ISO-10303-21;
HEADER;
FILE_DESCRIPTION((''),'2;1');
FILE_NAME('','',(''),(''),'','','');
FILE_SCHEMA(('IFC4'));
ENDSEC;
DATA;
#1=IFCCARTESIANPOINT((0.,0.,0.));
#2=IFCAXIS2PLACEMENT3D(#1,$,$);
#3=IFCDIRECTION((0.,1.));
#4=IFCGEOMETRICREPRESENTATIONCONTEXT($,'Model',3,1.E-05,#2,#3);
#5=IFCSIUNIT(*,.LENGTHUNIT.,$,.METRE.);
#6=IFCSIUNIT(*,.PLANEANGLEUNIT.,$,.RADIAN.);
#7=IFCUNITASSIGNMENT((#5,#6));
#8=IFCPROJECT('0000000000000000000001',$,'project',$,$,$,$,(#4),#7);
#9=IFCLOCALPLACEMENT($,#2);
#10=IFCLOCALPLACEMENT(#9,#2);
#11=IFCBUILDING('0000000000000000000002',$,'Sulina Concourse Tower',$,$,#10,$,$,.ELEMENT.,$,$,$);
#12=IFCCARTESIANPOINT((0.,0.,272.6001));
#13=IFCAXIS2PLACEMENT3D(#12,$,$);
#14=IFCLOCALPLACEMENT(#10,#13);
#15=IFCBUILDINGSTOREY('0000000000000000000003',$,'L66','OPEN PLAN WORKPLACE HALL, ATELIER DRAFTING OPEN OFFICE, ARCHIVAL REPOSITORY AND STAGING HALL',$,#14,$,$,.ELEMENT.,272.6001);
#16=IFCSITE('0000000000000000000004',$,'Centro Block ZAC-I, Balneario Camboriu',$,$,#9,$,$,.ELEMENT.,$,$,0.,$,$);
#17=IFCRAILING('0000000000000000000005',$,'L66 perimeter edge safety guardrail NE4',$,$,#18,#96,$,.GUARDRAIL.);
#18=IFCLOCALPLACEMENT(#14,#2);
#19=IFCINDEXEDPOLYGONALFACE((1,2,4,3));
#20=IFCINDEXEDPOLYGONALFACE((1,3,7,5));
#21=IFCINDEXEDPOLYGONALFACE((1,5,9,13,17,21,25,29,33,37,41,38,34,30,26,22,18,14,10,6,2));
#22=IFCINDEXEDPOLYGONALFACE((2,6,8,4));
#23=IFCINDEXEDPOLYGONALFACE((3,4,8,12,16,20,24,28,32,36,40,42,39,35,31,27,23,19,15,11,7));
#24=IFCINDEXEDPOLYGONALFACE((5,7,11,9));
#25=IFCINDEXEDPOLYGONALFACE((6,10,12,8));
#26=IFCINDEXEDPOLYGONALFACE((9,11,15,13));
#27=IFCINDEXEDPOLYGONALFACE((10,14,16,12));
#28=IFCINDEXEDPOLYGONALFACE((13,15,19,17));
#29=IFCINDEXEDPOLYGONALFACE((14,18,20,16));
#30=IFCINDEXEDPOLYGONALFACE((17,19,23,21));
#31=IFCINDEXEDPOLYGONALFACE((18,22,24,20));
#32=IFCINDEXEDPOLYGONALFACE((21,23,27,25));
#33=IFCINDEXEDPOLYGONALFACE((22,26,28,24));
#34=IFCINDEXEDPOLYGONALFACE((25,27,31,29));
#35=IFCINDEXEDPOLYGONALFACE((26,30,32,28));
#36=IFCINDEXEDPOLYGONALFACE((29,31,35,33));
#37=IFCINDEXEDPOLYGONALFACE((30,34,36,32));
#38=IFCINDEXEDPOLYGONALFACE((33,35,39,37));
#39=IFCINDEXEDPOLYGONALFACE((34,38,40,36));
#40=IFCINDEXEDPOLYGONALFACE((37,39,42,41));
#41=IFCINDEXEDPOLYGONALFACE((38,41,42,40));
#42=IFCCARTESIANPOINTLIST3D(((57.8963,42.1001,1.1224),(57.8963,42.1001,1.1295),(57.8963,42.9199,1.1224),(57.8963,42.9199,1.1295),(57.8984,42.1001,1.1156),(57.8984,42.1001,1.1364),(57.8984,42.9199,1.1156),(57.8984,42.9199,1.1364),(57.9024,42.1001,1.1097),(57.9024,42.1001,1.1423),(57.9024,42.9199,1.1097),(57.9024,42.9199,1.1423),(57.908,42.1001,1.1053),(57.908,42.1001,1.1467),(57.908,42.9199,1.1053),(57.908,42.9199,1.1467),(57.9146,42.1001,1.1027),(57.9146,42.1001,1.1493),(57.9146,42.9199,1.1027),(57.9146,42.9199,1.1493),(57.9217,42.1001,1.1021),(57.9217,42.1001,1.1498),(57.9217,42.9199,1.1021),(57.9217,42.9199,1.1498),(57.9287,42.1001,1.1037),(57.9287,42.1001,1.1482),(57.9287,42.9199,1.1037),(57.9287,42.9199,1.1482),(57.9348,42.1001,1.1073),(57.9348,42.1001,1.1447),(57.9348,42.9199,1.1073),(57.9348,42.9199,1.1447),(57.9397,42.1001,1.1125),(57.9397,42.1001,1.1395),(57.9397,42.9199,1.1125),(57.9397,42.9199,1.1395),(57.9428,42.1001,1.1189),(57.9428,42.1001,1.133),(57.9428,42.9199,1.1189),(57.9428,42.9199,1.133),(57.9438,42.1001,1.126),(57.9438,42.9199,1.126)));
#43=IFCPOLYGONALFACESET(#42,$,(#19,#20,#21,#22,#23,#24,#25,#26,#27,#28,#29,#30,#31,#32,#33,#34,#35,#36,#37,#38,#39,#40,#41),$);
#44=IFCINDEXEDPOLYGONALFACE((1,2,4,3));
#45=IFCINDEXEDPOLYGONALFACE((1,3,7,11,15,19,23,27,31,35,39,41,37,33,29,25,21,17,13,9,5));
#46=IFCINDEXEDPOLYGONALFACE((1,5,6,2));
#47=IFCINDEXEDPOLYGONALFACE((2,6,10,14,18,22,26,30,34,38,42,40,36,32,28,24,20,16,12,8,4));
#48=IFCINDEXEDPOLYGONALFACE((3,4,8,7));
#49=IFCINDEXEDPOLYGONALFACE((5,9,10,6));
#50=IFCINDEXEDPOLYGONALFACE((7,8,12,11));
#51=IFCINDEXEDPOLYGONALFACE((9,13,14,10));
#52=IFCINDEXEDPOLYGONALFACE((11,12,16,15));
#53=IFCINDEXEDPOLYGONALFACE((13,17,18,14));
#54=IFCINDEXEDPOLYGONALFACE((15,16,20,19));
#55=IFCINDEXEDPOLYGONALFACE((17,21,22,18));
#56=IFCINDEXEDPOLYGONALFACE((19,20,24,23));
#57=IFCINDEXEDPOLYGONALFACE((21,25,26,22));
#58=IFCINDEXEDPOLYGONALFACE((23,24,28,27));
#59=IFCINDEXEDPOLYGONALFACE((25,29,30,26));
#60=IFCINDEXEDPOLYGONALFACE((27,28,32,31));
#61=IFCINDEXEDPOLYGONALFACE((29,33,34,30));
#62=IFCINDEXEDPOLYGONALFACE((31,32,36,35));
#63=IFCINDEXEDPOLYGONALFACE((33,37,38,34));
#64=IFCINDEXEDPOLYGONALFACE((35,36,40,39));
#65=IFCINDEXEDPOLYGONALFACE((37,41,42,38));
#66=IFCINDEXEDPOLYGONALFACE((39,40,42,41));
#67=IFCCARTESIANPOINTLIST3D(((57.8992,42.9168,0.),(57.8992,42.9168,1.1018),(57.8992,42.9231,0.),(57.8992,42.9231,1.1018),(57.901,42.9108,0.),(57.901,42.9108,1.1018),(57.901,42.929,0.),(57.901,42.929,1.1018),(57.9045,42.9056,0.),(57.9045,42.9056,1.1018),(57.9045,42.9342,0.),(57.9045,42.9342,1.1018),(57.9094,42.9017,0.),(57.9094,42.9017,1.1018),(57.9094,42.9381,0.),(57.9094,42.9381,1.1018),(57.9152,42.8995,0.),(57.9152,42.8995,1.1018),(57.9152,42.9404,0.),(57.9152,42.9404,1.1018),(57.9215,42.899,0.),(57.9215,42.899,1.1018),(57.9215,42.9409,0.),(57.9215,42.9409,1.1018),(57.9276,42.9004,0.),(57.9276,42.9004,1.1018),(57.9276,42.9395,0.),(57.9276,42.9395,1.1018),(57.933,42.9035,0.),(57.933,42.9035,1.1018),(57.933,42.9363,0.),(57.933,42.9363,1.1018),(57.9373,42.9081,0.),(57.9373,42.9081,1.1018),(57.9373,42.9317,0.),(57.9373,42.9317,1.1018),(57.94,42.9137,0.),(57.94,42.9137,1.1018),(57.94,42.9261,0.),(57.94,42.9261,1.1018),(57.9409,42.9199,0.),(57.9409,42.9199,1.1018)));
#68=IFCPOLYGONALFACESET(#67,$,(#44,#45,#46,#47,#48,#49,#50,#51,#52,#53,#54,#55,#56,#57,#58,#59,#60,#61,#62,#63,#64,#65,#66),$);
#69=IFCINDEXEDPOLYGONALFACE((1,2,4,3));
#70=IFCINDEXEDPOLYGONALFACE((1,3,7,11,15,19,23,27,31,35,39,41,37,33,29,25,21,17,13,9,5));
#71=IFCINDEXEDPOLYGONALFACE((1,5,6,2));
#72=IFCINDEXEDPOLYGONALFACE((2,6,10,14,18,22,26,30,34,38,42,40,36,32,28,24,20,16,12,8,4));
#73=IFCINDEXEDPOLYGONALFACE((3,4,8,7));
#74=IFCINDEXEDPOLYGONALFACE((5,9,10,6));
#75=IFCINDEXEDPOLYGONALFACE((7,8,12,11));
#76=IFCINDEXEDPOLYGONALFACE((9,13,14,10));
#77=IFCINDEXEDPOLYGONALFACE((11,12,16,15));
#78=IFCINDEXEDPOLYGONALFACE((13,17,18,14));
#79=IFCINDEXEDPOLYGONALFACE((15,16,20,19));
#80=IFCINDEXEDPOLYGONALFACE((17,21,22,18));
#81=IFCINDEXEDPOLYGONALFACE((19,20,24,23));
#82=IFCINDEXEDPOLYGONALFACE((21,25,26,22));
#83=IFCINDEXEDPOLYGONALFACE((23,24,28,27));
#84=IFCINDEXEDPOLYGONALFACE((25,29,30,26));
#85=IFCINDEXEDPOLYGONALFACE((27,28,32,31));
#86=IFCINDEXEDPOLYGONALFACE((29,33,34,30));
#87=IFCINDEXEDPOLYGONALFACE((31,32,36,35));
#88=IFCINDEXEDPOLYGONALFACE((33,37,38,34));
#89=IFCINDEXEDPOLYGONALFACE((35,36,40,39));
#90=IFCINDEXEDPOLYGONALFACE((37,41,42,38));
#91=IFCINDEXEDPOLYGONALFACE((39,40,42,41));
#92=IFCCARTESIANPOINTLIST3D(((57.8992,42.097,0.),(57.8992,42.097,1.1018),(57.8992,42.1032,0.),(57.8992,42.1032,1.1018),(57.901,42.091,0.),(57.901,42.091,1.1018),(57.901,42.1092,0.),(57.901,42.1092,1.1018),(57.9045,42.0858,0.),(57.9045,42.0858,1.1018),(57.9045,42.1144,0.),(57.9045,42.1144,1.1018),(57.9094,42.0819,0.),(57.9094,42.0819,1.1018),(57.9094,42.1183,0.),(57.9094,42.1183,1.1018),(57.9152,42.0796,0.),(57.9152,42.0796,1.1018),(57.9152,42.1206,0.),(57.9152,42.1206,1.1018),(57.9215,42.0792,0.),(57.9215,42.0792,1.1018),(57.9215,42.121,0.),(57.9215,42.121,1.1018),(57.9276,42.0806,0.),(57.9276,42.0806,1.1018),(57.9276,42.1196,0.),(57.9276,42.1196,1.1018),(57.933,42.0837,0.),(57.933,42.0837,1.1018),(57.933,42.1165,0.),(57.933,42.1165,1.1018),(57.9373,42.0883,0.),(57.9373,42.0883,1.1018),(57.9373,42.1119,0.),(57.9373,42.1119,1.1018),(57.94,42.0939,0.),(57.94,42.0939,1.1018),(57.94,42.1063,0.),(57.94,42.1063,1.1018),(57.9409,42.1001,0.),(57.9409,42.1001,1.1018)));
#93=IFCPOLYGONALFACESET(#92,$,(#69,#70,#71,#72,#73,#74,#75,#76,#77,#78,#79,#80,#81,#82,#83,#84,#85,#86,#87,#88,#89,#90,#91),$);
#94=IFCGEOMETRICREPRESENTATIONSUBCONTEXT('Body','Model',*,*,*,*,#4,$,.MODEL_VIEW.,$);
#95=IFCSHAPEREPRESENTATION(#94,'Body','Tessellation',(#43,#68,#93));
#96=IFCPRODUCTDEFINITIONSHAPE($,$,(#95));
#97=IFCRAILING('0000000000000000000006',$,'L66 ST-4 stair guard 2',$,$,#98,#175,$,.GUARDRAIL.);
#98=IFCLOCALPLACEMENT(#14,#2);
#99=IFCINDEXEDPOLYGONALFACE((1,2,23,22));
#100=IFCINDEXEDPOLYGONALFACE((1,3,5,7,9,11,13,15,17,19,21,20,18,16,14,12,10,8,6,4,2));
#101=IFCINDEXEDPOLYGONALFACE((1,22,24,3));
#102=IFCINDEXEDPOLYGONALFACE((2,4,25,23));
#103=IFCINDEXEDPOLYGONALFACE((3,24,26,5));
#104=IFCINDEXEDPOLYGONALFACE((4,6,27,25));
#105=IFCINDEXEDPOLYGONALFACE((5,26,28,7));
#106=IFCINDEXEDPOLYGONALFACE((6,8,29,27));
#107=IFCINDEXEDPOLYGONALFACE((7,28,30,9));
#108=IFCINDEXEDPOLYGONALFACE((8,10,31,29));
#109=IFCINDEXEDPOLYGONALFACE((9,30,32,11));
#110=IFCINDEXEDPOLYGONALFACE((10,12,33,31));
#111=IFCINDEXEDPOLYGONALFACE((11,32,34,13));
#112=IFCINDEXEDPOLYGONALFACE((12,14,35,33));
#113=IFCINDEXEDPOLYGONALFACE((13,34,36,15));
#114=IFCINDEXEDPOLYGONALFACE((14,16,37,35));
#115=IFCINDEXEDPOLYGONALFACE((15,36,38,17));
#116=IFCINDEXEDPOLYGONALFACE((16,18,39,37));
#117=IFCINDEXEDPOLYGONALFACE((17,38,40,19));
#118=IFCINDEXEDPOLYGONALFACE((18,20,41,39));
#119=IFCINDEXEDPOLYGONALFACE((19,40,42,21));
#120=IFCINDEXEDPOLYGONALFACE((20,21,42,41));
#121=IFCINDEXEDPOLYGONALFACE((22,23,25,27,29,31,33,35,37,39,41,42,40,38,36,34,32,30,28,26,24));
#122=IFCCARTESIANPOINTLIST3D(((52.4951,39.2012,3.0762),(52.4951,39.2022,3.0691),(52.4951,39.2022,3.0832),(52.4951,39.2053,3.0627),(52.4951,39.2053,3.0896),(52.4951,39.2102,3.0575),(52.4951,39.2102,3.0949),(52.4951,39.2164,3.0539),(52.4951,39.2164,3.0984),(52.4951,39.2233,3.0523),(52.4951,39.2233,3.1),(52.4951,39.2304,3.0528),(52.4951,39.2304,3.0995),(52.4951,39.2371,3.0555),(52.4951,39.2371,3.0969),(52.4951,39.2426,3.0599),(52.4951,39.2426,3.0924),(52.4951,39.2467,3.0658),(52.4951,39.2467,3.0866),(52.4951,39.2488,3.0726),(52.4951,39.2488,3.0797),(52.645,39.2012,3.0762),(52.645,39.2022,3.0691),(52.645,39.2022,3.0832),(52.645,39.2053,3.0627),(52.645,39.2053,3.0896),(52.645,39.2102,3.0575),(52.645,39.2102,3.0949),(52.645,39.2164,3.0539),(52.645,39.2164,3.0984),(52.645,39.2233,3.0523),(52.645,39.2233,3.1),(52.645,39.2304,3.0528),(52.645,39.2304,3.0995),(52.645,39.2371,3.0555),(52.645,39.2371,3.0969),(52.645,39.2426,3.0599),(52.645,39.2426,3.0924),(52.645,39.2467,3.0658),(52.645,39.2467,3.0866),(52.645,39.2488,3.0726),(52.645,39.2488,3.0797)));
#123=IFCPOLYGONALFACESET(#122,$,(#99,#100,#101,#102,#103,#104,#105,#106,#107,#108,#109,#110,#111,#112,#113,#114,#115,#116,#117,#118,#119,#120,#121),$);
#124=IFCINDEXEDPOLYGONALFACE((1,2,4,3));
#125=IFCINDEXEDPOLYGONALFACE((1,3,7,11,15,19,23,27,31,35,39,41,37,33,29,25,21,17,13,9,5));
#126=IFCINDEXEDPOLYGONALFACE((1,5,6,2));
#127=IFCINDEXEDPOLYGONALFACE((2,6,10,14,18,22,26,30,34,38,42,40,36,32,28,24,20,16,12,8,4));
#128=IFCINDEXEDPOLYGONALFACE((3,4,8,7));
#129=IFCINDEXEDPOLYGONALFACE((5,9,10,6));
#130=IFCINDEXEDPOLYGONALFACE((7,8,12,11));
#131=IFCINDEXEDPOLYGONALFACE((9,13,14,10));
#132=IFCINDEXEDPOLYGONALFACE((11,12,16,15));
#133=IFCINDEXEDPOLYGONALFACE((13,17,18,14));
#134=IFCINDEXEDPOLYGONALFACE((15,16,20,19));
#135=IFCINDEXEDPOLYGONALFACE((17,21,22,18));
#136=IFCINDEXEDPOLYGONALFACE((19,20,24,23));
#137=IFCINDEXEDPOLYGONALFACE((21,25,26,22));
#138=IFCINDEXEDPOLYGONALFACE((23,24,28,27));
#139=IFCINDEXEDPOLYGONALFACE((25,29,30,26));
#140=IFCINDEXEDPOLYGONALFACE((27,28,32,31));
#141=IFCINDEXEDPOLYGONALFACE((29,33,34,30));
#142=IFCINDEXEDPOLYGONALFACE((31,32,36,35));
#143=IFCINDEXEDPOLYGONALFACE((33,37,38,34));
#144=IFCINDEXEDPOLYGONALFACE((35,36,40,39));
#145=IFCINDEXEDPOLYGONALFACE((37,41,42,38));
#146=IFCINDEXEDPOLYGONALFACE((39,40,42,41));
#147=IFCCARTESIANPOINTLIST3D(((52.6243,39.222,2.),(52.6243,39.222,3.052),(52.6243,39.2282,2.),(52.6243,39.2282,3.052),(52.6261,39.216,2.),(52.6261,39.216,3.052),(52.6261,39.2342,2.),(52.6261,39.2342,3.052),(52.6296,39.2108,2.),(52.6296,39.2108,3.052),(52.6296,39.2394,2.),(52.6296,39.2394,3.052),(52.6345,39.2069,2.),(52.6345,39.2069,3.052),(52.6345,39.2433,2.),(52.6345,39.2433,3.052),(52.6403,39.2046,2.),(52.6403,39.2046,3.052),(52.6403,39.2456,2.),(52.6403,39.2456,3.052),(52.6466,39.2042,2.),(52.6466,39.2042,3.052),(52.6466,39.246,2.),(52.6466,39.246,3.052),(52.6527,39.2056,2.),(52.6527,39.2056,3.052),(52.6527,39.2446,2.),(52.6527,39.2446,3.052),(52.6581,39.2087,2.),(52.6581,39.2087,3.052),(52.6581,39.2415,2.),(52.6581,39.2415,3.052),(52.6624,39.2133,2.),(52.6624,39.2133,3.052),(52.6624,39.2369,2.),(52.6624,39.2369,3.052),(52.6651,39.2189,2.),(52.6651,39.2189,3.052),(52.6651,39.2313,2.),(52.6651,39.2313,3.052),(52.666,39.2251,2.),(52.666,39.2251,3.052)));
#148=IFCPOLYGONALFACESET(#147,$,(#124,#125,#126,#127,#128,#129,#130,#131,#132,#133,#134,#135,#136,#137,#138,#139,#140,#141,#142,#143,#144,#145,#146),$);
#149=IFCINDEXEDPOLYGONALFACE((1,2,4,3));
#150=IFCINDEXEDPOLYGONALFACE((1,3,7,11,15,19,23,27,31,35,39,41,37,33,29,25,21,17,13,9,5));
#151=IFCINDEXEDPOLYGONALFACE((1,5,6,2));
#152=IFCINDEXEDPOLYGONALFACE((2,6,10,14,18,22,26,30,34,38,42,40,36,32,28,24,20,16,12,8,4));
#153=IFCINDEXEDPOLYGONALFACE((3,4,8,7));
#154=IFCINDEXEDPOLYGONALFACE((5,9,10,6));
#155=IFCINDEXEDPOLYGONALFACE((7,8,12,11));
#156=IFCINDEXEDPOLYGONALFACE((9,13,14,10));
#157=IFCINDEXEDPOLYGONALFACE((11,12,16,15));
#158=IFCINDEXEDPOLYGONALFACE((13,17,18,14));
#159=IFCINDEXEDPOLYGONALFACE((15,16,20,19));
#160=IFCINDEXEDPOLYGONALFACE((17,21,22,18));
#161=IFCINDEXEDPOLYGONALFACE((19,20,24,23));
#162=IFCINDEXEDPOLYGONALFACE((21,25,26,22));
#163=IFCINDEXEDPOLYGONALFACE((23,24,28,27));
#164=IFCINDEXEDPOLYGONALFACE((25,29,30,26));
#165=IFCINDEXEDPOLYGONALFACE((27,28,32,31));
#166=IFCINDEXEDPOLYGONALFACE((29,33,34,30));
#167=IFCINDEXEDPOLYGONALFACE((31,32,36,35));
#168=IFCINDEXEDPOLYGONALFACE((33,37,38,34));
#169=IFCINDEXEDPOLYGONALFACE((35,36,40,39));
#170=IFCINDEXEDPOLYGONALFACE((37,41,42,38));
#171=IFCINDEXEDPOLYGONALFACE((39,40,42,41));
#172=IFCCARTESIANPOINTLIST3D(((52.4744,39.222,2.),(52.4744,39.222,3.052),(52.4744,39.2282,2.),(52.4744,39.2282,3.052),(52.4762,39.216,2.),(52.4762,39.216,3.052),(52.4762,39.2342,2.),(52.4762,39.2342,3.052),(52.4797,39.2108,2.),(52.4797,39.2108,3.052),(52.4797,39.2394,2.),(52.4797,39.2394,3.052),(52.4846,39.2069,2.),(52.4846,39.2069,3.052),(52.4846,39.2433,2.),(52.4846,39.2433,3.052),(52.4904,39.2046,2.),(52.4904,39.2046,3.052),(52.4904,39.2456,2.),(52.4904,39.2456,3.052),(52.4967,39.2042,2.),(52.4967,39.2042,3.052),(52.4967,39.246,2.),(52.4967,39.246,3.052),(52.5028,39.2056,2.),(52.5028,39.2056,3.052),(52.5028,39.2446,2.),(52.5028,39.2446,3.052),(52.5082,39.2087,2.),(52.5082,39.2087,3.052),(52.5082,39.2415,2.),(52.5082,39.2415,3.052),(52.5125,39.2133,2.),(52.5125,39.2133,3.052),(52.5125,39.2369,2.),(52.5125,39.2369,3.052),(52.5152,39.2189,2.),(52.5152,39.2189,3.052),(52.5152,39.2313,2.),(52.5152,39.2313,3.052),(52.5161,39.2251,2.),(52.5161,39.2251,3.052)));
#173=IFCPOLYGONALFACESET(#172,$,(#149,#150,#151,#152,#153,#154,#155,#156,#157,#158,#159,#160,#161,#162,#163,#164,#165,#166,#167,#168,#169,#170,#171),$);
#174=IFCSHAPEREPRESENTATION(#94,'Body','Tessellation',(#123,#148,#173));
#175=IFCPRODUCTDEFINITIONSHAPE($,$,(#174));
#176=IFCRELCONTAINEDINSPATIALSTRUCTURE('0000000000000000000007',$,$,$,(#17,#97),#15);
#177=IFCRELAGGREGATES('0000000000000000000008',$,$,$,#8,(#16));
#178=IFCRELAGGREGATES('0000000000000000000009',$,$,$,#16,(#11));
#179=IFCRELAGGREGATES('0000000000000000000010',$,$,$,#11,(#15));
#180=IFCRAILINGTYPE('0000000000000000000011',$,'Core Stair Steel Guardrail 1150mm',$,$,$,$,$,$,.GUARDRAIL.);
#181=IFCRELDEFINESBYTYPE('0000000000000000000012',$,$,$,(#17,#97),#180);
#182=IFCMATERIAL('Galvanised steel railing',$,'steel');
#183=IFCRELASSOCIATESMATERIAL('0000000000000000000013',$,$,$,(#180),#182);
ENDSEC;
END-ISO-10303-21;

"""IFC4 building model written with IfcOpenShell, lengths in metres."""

from ifc_helpers import new_model, si_unit, direction, frame, origin, origin_2d, place, context, subcontext, project, spatial, circle, extrude, material, type_object, element, save


model = new_model("IFC4")

# Units and contexts
model_context = context("Model", 3, precision=1e-05, world=origin(), true_north=direction((0.0, 1.0)))
body_context = subcontext(model_context, "Body", "Model", "MODEL_VIEW")
ifc_project = project(units=[si_unit("LENGTHUNIT", "METRE"), si_unit("PLANEANGLEUNIT", "RADIAN")], contexts=[model_context])

# Site, building, storey
site_placement = place(None, origin())
site = spatial("IfcSite", under=ifc_project, at=site_placement, Name="Centro Block ZAC-I, Balneario Camboriu", CompositionType="ELEMENT", RefElevation=0.0)
building_placement = place(site_placement, origin())
building = spatial("IfcBuilding", under=site, at=building_placement, Name="Sulina Concourse Tower", CompositionType="ELEMENT")
storey_placement = place(building_placement, frame((0.0, 0.0, 272.6001)))
storey = spatial("IfcBuildingStorey", under=building, at=storey_placement, Name="L66", Description="OPEN PLAN WORKPLACE HALL, ATELIER DRAFTING OPEN OFFICE, ARCHIVAL REPOSITORY AND STAGING HALL", CompositionType="ELEMENT", Elevation=272.6001)

# Railings
ifc_material_1 = material(Name="Galvanised steel railing", Category="steel")
railing_type_1 = type_object("IfcRailingType", Name="Core Stair Steel Guardrail 1150mm", PredefinedType="GUARDRAIL", material=ifc_material_1)
railing_1_placement = place(storey_placement, frame((57.9199, 42.9199, 0.0)))
element("IfcRailing", 1, at=railing_1_placement, inside=storey, type_object=railing_type_1, Name="L66 perimeter edge safety guardrail NE4", PredefinedType="GUARDRAIL", context=body_context, shape_type="SweptSolid", body=[
    extrude(circle(Radius=0.0239, at=origin_2d()), frame((0.0, 0.0, 1.126), z_axis=(0.0, -1.0, 0.0), x_axis=(1.0, 0.0, 0.0)), (0.0, 0.0, 1.0), 0.8198),
    extrude(circle(Radius=0.021, at=origin_2d()), origin(), (0.0, 0.0, 1.0), 1.1018),
    extrude(circle(Radius=0.021, at=origin_2d()), frame((0.0, -0.8198, 0.0)), (0.0, 0.0, 1.0), 1.1018),
])
railing_2_placement = place(storey_placement, frame((52.645, 39.2251, 2.0)))
element("IfcRailing", 2, at=railing_2_placement, inside=storey, type_object=railing_type_1, Name="L66 ST-4 stair guard 2", PredefinedType="GUARDRAIL", context=body_context, shape_type="SweptSolid", body=[
    extrude(circle(Radius=0.0239, at=origin_2d()), frame((0.0, 0.0, 1.0762), z_axis=(-1.0, 0.0, 0.0), x_axis=(0.0, -1.0, 0.0)), (0.0, 0.0, 1.0), 0.1499),
    extrude(circle(Radius=0.021, at=origin_2d()), origin(), (0.0, 0.0, 1.0), 1.052),
    extrude(circle(Radius=0.021, at=origin_2d()), frame((-0.1499, 0.0, 0.0)), (0.0, 0.0, 1.0), 1.052),
])

save(model, "model.ifc")
